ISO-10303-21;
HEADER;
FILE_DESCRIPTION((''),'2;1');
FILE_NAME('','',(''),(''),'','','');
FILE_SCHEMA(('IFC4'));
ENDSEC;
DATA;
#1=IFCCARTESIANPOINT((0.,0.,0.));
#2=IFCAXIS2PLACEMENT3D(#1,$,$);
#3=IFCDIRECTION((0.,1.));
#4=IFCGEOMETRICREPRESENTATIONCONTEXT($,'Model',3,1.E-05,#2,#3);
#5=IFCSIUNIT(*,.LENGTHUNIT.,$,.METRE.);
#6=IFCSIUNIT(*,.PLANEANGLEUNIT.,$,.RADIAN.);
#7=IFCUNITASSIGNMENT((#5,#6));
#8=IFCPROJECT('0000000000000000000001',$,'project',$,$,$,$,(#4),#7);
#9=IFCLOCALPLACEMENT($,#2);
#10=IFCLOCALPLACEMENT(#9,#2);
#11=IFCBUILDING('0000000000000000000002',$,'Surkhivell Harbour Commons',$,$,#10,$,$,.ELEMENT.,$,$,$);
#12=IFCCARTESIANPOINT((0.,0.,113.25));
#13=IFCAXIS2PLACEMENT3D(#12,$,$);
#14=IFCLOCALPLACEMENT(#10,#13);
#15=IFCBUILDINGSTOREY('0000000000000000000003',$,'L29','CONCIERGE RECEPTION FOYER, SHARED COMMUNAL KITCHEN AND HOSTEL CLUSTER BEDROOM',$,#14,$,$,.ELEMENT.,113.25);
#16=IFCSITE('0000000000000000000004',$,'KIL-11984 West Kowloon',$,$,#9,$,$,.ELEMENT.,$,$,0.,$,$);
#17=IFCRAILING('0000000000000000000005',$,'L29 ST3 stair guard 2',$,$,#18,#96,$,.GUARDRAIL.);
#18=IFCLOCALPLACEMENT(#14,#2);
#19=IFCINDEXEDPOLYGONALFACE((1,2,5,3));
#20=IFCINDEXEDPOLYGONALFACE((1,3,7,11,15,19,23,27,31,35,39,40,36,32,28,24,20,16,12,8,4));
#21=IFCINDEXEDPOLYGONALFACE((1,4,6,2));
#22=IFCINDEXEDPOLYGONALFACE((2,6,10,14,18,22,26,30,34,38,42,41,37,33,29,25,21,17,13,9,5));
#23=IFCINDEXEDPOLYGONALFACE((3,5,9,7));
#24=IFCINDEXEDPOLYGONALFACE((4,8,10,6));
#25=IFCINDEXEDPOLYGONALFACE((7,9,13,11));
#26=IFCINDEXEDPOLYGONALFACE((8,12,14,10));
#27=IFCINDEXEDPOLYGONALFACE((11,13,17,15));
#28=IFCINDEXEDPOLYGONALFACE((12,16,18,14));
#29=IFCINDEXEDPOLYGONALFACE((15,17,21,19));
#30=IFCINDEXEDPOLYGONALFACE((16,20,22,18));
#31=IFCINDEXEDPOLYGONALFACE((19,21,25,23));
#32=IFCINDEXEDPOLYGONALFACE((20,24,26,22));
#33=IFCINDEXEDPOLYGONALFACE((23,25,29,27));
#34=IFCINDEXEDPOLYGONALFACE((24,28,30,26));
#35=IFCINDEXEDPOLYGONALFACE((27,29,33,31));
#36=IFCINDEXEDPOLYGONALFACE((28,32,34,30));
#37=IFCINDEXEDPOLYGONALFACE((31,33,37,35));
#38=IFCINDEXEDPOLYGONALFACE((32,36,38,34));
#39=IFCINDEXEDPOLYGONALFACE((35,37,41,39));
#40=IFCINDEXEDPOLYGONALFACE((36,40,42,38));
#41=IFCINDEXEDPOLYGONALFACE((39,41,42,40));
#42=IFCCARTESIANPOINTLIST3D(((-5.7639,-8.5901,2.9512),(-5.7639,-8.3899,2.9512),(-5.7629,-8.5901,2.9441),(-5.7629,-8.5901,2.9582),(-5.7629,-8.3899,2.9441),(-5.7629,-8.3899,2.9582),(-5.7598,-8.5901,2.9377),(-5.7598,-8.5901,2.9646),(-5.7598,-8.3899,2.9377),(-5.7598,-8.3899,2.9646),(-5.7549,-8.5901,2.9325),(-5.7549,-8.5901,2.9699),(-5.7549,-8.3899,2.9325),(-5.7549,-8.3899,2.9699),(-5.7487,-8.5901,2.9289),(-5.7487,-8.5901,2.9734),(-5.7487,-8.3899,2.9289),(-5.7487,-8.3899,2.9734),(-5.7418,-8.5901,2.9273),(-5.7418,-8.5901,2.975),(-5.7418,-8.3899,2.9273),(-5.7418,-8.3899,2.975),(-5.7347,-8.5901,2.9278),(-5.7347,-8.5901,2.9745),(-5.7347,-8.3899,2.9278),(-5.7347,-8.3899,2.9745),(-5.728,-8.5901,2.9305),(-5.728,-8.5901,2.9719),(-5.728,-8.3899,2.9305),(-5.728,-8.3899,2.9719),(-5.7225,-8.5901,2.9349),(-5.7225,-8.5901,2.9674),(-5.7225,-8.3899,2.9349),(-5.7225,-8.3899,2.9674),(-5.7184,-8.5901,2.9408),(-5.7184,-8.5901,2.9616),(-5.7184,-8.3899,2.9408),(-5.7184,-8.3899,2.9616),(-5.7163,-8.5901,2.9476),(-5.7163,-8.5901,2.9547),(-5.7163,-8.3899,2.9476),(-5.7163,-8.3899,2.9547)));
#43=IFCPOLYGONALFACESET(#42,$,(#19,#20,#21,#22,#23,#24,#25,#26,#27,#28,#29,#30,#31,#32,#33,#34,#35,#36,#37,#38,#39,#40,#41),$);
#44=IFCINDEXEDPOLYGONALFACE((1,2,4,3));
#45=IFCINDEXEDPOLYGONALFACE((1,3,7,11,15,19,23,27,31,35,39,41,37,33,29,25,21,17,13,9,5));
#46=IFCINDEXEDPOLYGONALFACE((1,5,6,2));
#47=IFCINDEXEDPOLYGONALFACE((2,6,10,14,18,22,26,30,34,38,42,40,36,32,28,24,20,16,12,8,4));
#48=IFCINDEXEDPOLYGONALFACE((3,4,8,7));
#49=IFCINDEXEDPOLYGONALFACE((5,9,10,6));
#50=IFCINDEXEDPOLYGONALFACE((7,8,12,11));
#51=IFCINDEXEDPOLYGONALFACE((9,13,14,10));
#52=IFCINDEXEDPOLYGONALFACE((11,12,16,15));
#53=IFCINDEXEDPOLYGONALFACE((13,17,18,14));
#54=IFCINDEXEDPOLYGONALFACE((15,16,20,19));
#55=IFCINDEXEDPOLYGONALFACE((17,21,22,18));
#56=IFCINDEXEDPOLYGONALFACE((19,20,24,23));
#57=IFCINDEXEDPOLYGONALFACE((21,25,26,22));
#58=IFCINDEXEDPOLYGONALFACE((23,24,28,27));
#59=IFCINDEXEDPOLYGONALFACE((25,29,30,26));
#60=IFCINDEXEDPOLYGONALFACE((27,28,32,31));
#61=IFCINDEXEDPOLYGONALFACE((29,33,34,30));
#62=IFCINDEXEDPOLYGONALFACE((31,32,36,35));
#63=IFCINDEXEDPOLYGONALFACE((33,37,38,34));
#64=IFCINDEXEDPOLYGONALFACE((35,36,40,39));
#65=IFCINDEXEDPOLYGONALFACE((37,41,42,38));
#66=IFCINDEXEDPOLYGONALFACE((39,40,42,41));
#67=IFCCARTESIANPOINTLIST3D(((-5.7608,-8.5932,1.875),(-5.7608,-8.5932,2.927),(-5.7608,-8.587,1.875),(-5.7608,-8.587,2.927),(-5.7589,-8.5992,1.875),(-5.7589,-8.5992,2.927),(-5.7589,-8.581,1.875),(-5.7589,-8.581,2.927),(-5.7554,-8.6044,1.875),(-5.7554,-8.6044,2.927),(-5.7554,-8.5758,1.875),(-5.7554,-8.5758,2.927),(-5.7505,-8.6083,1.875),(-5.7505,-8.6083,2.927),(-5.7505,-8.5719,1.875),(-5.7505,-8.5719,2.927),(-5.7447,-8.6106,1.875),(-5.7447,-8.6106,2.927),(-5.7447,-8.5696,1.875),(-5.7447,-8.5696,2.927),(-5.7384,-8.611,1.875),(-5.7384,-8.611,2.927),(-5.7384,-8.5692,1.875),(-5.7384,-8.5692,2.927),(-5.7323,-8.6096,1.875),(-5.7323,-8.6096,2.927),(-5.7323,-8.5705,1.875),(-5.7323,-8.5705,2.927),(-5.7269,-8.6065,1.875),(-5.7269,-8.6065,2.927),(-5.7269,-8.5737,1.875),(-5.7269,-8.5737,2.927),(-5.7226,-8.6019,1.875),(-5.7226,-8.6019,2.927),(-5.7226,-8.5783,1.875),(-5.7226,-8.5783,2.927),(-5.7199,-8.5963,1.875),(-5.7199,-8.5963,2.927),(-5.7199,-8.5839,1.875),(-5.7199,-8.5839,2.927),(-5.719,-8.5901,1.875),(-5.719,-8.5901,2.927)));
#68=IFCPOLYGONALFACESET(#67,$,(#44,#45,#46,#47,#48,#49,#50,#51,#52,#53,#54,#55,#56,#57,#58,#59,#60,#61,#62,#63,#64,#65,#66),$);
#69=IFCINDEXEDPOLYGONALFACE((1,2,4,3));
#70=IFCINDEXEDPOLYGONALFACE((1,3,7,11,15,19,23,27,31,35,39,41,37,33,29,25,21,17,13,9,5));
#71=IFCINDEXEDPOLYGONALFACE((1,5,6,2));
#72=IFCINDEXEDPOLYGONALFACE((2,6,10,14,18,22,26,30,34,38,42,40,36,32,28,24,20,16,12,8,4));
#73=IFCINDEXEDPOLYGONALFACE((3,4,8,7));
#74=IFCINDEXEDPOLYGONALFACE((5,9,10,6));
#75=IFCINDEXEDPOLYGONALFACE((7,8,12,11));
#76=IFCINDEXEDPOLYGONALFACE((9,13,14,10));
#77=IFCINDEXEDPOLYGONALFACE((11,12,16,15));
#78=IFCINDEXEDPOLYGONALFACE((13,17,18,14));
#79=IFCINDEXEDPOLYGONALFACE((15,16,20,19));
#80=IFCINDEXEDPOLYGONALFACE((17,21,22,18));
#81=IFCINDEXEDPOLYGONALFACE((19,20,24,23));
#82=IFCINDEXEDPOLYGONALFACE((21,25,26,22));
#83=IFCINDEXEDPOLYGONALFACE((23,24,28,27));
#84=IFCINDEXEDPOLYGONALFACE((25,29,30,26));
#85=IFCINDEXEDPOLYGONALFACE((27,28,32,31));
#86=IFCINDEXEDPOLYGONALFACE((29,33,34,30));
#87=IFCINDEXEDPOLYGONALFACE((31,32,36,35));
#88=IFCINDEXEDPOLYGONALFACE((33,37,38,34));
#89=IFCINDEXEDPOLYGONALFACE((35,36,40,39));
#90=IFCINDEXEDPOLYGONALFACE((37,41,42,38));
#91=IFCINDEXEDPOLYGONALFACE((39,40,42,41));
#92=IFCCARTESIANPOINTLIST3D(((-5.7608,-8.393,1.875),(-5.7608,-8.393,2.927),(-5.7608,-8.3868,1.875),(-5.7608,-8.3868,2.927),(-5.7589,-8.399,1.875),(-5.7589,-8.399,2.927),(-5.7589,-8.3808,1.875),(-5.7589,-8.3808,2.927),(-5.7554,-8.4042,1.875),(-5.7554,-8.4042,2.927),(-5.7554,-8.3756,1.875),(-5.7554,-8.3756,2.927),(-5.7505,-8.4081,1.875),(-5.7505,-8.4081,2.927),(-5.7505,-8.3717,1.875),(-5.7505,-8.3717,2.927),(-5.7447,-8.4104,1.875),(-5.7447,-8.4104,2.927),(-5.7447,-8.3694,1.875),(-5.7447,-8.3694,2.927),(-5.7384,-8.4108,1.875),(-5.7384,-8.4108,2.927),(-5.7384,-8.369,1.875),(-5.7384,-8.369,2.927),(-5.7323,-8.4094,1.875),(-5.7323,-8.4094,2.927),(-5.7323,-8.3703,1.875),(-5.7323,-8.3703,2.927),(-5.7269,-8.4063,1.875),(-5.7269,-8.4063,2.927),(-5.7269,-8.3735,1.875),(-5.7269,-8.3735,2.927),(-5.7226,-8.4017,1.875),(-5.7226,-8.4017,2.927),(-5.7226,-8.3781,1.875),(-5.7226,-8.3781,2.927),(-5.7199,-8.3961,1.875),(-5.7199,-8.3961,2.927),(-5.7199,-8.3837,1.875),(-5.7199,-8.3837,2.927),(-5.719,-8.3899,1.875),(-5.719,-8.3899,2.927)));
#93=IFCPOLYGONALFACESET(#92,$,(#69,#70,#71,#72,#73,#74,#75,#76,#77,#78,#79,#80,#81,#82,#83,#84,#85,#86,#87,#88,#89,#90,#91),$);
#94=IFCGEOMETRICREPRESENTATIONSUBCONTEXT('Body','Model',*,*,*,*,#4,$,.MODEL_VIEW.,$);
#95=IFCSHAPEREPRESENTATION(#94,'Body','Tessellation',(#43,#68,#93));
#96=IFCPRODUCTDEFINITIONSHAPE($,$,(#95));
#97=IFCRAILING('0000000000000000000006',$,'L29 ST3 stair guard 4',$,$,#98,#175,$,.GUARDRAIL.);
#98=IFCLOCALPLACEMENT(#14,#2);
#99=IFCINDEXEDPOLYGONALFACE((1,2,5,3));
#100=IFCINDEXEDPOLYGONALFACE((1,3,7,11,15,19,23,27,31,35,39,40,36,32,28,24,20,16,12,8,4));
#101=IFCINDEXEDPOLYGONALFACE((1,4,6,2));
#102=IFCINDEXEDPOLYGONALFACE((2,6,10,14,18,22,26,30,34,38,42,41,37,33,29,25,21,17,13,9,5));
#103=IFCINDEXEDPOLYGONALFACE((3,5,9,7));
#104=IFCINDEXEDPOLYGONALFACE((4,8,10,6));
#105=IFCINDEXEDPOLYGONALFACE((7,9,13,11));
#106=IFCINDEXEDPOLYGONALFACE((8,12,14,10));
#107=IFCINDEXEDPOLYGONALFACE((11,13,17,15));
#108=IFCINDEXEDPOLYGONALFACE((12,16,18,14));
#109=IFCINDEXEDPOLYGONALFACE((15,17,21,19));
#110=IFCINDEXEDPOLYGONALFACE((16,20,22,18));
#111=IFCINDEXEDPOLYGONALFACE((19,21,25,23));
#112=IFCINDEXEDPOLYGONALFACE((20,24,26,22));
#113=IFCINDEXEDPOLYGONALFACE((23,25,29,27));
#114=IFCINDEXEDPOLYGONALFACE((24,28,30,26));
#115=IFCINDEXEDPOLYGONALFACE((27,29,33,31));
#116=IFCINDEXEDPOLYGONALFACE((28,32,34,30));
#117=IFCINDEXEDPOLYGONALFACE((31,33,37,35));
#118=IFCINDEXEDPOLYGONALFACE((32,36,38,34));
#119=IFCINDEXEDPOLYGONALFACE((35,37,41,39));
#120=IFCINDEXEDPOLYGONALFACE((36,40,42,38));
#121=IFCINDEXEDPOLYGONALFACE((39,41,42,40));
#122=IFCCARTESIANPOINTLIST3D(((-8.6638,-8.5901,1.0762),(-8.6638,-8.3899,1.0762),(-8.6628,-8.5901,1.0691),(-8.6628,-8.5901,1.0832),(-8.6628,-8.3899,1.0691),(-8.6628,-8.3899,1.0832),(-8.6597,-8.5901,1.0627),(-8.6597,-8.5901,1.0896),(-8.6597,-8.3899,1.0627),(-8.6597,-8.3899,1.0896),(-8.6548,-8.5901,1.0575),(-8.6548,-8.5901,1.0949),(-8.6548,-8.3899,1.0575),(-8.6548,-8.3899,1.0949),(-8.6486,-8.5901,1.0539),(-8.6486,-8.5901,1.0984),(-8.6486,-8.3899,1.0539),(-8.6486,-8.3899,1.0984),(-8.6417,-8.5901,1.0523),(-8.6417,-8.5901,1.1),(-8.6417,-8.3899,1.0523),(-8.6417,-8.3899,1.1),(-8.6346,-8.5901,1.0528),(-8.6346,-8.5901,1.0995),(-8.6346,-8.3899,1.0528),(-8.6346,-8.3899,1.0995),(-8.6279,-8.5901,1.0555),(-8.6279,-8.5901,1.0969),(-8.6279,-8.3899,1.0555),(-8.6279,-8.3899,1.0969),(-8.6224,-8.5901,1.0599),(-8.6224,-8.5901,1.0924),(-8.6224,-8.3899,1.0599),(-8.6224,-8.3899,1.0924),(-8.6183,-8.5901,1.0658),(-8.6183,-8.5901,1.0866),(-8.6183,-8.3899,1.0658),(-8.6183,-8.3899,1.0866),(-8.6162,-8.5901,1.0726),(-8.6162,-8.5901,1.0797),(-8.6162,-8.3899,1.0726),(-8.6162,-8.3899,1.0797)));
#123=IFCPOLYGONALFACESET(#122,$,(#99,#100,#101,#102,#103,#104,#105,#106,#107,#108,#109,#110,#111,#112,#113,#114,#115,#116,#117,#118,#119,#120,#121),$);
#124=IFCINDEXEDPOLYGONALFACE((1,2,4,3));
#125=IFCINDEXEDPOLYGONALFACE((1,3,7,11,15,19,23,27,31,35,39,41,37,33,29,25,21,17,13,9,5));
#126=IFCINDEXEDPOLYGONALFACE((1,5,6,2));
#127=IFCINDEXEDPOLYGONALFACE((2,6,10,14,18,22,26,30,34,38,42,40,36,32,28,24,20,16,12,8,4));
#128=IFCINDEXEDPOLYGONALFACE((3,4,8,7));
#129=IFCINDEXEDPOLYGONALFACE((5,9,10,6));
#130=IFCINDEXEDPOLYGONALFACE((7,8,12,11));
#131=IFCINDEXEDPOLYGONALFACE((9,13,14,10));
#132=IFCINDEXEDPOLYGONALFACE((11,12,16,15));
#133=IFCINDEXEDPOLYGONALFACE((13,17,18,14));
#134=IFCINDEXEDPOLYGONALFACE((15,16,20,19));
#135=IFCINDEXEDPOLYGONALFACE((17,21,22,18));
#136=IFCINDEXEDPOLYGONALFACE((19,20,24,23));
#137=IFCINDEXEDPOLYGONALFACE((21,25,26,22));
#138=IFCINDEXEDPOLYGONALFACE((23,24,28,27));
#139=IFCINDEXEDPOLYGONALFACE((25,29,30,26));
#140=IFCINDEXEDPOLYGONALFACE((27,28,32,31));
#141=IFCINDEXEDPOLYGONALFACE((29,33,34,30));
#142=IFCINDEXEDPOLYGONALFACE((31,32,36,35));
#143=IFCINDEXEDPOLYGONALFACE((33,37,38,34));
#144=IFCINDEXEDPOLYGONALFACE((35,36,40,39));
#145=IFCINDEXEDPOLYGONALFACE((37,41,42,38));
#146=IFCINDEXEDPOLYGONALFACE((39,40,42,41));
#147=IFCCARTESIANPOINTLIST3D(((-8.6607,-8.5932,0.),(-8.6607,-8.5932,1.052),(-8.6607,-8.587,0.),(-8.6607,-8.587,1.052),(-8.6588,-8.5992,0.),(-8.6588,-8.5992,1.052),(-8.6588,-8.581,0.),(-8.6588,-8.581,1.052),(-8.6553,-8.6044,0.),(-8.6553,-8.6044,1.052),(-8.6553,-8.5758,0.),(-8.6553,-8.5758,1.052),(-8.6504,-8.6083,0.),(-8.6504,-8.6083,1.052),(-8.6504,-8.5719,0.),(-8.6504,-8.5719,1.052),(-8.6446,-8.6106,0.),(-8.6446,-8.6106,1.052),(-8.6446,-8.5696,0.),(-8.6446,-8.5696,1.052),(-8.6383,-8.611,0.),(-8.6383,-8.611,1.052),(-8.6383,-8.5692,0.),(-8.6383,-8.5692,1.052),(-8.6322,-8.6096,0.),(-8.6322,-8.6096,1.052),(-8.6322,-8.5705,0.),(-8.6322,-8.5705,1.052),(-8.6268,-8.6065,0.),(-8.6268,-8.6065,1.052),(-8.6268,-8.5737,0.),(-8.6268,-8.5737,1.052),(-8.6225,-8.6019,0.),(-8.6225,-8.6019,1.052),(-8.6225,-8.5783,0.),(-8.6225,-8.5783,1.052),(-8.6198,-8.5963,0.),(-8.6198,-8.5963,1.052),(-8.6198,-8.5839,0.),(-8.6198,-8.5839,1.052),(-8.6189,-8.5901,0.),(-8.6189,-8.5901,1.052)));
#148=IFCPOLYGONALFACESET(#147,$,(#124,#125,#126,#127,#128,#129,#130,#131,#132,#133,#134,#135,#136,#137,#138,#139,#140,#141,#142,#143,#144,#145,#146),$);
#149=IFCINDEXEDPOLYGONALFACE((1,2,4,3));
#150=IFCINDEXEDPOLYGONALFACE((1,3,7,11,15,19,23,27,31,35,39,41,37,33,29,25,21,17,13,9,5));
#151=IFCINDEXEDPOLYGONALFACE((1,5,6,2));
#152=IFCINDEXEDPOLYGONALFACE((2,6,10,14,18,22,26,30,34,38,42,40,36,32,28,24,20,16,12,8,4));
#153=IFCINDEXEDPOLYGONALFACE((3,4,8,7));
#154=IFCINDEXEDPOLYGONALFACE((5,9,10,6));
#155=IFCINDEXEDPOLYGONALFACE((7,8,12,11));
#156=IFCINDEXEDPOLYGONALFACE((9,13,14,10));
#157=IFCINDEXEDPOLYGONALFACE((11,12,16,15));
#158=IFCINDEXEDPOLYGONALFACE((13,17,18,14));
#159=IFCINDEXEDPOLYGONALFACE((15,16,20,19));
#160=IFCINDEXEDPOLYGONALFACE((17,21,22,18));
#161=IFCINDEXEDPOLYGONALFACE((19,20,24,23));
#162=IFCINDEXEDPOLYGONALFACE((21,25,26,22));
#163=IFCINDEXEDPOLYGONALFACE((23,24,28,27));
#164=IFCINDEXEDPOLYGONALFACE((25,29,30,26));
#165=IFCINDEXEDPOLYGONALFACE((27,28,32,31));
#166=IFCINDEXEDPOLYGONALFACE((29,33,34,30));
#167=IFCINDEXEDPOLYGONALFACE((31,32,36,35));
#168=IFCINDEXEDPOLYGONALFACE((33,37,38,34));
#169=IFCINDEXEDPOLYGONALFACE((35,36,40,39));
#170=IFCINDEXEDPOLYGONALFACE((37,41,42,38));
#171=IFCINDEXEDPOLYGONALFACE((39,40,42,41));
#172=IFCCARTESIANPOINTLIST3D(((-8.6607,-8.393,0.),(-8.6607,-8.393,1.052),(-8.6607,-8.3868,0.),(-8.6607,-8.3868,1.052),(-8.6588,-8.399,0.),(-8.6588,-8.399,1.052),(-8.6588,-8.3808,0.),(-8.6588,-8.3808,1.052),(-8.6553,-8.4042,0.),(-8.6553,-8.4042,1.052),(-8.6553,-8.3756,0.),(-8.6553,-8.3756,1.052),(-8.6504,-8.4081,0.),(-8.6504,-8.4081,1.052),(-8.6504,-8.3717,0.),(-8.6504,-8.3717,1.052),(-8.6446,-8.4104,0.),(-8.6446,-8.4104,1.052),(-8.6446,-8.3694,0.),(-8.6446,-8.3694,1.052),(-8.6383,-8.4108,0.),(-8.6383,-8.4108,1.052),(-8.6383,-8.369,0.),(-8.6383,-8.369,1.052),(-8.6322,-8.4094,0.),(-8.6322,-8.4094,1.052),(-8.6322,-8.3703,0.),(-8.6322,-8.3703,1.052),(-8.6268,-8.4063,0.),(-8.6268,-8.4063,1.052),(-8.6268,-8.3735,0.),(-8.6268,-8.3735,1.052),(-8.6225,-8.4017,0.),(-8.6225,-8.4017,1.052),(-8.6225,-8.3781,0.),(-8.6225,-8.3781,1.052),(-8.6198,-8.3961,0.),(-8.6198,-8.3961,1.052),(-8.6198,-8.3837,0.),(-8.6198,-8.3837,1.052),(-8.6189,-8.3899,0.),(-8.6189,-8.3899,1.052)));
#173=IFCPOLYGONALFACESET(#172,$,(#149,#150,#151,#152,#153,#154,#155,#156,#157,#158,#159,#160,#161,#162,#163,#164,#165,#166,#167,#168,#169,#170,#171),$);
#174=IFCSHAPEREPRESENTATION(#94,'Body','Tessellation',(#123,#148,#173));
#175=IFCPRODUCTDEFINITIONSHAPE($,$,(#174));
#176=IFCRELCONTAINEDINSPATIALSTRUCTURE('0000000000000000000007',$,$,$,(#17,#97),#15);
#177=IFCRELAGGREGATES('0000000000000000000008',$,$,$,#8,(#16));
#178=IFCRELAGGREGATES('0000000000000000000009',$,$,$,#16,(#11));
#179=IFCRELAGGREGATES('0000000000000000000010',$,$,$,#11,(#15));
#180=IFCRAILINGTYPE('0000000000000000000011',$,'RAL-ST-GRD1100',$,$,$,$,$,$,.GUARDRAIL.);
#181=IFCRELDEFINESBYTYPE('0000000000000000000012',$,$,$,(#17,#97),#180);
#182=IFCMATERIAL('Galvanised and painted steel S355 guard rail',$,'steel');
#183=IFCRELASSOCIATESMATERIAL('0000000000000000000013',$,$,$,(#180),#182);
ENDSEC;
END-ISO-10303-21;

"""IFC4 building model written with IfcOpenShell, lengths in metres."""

from ifc_helpers import new_model, si_unit, direction, frame, origin, origin_2d, place, context, subcontext, project, spatial, circle, extrude, material, type_object, element, save


model = new_model("IFC4")

# Units and contexts
model_context = context("Model", 3, precision=1e-05, world=origin(), true_north=direction((0.0, 1.0)))
body_context = subcontext(model_context, "Body", "Model", "MODEL_VIEW")
ifc_project = project(units=[si_unit("LENGTHUNIT", "METRE"), si_unit("PLANEANGLEUNIT", "RADIAN")], contexts=[model_context])

# Site, building, storey
site_placement = place(None, origin())
site = spatial("IfcSite", under=ifc_project, at=site_placement, Name="KIL-11984 West Kowloon", CompositionType="ELEMENT", RefElevation=0.0)
building_placement = place(site_placement, origin())
building = spatial("IfcBuilding", under=site, at=building_placement, Name="Surkhivell Harbour Commons", CompositionType="ELEMENT")
storey_placement = place(building_placement, frame((0.0, 0.0, 113.25)))
storey = spatial("IfcBuildingStorey", under=building, at=storey_placement, Name="L29", Description="CONCIERGE RECEPTION FOYER, SHARED COMMUNAL KITCHEN AND HOSTEL CLUSTER BEDROOM", CompositionType="ELEMENT", Elevation=113.25)

# Railings
ifc_material_1 = material(Name="Galvanised and painted steel S355 guard rail", Category="steel")
railing_type_1 = type_object("IfcRailingType", Name="RAL-ST-GRD1100", PredefinedType="GUARDRAIL", material=ifc_material_1)
for number, where, name in (
    (1, (-5.74, -8.5901, 1.875), "L29 ST3 stair guard 2"),
    (2, (-8.6399, -8.5901, 0.0), "L29 ST3 stair guard 4"),
):
    element("IfcRailing", number, at=place(storey_placement, frame(where)), inside=storey, type_object=railing_type_1, Name=name, PredefinedType="GUARDRAIL", context=body_context, shape_type="SweptSolid", body=[
        extrude(circle(Radius=0.0239, at=origin_2d()), frame((0.0, 0.0, 1.0762), z_axis=(0.0, 1.0, 0.0), x_axis=(-1.0, 0.0, 0.0)), (0.0, 0.0, 1.0), 0.2002),
        extrude(circle(Radius=0.021, at=origin_2d()), origin(), (0.0, 0.0, 1.0), 1.052),
        extrude(circle(Radius=0.021, at=origin_2d()), frame((0.0, 0.2002, 0.0)), (0.0, 0.0, 1.0), 1.052),
    ])

save(model, "model.ifc")
